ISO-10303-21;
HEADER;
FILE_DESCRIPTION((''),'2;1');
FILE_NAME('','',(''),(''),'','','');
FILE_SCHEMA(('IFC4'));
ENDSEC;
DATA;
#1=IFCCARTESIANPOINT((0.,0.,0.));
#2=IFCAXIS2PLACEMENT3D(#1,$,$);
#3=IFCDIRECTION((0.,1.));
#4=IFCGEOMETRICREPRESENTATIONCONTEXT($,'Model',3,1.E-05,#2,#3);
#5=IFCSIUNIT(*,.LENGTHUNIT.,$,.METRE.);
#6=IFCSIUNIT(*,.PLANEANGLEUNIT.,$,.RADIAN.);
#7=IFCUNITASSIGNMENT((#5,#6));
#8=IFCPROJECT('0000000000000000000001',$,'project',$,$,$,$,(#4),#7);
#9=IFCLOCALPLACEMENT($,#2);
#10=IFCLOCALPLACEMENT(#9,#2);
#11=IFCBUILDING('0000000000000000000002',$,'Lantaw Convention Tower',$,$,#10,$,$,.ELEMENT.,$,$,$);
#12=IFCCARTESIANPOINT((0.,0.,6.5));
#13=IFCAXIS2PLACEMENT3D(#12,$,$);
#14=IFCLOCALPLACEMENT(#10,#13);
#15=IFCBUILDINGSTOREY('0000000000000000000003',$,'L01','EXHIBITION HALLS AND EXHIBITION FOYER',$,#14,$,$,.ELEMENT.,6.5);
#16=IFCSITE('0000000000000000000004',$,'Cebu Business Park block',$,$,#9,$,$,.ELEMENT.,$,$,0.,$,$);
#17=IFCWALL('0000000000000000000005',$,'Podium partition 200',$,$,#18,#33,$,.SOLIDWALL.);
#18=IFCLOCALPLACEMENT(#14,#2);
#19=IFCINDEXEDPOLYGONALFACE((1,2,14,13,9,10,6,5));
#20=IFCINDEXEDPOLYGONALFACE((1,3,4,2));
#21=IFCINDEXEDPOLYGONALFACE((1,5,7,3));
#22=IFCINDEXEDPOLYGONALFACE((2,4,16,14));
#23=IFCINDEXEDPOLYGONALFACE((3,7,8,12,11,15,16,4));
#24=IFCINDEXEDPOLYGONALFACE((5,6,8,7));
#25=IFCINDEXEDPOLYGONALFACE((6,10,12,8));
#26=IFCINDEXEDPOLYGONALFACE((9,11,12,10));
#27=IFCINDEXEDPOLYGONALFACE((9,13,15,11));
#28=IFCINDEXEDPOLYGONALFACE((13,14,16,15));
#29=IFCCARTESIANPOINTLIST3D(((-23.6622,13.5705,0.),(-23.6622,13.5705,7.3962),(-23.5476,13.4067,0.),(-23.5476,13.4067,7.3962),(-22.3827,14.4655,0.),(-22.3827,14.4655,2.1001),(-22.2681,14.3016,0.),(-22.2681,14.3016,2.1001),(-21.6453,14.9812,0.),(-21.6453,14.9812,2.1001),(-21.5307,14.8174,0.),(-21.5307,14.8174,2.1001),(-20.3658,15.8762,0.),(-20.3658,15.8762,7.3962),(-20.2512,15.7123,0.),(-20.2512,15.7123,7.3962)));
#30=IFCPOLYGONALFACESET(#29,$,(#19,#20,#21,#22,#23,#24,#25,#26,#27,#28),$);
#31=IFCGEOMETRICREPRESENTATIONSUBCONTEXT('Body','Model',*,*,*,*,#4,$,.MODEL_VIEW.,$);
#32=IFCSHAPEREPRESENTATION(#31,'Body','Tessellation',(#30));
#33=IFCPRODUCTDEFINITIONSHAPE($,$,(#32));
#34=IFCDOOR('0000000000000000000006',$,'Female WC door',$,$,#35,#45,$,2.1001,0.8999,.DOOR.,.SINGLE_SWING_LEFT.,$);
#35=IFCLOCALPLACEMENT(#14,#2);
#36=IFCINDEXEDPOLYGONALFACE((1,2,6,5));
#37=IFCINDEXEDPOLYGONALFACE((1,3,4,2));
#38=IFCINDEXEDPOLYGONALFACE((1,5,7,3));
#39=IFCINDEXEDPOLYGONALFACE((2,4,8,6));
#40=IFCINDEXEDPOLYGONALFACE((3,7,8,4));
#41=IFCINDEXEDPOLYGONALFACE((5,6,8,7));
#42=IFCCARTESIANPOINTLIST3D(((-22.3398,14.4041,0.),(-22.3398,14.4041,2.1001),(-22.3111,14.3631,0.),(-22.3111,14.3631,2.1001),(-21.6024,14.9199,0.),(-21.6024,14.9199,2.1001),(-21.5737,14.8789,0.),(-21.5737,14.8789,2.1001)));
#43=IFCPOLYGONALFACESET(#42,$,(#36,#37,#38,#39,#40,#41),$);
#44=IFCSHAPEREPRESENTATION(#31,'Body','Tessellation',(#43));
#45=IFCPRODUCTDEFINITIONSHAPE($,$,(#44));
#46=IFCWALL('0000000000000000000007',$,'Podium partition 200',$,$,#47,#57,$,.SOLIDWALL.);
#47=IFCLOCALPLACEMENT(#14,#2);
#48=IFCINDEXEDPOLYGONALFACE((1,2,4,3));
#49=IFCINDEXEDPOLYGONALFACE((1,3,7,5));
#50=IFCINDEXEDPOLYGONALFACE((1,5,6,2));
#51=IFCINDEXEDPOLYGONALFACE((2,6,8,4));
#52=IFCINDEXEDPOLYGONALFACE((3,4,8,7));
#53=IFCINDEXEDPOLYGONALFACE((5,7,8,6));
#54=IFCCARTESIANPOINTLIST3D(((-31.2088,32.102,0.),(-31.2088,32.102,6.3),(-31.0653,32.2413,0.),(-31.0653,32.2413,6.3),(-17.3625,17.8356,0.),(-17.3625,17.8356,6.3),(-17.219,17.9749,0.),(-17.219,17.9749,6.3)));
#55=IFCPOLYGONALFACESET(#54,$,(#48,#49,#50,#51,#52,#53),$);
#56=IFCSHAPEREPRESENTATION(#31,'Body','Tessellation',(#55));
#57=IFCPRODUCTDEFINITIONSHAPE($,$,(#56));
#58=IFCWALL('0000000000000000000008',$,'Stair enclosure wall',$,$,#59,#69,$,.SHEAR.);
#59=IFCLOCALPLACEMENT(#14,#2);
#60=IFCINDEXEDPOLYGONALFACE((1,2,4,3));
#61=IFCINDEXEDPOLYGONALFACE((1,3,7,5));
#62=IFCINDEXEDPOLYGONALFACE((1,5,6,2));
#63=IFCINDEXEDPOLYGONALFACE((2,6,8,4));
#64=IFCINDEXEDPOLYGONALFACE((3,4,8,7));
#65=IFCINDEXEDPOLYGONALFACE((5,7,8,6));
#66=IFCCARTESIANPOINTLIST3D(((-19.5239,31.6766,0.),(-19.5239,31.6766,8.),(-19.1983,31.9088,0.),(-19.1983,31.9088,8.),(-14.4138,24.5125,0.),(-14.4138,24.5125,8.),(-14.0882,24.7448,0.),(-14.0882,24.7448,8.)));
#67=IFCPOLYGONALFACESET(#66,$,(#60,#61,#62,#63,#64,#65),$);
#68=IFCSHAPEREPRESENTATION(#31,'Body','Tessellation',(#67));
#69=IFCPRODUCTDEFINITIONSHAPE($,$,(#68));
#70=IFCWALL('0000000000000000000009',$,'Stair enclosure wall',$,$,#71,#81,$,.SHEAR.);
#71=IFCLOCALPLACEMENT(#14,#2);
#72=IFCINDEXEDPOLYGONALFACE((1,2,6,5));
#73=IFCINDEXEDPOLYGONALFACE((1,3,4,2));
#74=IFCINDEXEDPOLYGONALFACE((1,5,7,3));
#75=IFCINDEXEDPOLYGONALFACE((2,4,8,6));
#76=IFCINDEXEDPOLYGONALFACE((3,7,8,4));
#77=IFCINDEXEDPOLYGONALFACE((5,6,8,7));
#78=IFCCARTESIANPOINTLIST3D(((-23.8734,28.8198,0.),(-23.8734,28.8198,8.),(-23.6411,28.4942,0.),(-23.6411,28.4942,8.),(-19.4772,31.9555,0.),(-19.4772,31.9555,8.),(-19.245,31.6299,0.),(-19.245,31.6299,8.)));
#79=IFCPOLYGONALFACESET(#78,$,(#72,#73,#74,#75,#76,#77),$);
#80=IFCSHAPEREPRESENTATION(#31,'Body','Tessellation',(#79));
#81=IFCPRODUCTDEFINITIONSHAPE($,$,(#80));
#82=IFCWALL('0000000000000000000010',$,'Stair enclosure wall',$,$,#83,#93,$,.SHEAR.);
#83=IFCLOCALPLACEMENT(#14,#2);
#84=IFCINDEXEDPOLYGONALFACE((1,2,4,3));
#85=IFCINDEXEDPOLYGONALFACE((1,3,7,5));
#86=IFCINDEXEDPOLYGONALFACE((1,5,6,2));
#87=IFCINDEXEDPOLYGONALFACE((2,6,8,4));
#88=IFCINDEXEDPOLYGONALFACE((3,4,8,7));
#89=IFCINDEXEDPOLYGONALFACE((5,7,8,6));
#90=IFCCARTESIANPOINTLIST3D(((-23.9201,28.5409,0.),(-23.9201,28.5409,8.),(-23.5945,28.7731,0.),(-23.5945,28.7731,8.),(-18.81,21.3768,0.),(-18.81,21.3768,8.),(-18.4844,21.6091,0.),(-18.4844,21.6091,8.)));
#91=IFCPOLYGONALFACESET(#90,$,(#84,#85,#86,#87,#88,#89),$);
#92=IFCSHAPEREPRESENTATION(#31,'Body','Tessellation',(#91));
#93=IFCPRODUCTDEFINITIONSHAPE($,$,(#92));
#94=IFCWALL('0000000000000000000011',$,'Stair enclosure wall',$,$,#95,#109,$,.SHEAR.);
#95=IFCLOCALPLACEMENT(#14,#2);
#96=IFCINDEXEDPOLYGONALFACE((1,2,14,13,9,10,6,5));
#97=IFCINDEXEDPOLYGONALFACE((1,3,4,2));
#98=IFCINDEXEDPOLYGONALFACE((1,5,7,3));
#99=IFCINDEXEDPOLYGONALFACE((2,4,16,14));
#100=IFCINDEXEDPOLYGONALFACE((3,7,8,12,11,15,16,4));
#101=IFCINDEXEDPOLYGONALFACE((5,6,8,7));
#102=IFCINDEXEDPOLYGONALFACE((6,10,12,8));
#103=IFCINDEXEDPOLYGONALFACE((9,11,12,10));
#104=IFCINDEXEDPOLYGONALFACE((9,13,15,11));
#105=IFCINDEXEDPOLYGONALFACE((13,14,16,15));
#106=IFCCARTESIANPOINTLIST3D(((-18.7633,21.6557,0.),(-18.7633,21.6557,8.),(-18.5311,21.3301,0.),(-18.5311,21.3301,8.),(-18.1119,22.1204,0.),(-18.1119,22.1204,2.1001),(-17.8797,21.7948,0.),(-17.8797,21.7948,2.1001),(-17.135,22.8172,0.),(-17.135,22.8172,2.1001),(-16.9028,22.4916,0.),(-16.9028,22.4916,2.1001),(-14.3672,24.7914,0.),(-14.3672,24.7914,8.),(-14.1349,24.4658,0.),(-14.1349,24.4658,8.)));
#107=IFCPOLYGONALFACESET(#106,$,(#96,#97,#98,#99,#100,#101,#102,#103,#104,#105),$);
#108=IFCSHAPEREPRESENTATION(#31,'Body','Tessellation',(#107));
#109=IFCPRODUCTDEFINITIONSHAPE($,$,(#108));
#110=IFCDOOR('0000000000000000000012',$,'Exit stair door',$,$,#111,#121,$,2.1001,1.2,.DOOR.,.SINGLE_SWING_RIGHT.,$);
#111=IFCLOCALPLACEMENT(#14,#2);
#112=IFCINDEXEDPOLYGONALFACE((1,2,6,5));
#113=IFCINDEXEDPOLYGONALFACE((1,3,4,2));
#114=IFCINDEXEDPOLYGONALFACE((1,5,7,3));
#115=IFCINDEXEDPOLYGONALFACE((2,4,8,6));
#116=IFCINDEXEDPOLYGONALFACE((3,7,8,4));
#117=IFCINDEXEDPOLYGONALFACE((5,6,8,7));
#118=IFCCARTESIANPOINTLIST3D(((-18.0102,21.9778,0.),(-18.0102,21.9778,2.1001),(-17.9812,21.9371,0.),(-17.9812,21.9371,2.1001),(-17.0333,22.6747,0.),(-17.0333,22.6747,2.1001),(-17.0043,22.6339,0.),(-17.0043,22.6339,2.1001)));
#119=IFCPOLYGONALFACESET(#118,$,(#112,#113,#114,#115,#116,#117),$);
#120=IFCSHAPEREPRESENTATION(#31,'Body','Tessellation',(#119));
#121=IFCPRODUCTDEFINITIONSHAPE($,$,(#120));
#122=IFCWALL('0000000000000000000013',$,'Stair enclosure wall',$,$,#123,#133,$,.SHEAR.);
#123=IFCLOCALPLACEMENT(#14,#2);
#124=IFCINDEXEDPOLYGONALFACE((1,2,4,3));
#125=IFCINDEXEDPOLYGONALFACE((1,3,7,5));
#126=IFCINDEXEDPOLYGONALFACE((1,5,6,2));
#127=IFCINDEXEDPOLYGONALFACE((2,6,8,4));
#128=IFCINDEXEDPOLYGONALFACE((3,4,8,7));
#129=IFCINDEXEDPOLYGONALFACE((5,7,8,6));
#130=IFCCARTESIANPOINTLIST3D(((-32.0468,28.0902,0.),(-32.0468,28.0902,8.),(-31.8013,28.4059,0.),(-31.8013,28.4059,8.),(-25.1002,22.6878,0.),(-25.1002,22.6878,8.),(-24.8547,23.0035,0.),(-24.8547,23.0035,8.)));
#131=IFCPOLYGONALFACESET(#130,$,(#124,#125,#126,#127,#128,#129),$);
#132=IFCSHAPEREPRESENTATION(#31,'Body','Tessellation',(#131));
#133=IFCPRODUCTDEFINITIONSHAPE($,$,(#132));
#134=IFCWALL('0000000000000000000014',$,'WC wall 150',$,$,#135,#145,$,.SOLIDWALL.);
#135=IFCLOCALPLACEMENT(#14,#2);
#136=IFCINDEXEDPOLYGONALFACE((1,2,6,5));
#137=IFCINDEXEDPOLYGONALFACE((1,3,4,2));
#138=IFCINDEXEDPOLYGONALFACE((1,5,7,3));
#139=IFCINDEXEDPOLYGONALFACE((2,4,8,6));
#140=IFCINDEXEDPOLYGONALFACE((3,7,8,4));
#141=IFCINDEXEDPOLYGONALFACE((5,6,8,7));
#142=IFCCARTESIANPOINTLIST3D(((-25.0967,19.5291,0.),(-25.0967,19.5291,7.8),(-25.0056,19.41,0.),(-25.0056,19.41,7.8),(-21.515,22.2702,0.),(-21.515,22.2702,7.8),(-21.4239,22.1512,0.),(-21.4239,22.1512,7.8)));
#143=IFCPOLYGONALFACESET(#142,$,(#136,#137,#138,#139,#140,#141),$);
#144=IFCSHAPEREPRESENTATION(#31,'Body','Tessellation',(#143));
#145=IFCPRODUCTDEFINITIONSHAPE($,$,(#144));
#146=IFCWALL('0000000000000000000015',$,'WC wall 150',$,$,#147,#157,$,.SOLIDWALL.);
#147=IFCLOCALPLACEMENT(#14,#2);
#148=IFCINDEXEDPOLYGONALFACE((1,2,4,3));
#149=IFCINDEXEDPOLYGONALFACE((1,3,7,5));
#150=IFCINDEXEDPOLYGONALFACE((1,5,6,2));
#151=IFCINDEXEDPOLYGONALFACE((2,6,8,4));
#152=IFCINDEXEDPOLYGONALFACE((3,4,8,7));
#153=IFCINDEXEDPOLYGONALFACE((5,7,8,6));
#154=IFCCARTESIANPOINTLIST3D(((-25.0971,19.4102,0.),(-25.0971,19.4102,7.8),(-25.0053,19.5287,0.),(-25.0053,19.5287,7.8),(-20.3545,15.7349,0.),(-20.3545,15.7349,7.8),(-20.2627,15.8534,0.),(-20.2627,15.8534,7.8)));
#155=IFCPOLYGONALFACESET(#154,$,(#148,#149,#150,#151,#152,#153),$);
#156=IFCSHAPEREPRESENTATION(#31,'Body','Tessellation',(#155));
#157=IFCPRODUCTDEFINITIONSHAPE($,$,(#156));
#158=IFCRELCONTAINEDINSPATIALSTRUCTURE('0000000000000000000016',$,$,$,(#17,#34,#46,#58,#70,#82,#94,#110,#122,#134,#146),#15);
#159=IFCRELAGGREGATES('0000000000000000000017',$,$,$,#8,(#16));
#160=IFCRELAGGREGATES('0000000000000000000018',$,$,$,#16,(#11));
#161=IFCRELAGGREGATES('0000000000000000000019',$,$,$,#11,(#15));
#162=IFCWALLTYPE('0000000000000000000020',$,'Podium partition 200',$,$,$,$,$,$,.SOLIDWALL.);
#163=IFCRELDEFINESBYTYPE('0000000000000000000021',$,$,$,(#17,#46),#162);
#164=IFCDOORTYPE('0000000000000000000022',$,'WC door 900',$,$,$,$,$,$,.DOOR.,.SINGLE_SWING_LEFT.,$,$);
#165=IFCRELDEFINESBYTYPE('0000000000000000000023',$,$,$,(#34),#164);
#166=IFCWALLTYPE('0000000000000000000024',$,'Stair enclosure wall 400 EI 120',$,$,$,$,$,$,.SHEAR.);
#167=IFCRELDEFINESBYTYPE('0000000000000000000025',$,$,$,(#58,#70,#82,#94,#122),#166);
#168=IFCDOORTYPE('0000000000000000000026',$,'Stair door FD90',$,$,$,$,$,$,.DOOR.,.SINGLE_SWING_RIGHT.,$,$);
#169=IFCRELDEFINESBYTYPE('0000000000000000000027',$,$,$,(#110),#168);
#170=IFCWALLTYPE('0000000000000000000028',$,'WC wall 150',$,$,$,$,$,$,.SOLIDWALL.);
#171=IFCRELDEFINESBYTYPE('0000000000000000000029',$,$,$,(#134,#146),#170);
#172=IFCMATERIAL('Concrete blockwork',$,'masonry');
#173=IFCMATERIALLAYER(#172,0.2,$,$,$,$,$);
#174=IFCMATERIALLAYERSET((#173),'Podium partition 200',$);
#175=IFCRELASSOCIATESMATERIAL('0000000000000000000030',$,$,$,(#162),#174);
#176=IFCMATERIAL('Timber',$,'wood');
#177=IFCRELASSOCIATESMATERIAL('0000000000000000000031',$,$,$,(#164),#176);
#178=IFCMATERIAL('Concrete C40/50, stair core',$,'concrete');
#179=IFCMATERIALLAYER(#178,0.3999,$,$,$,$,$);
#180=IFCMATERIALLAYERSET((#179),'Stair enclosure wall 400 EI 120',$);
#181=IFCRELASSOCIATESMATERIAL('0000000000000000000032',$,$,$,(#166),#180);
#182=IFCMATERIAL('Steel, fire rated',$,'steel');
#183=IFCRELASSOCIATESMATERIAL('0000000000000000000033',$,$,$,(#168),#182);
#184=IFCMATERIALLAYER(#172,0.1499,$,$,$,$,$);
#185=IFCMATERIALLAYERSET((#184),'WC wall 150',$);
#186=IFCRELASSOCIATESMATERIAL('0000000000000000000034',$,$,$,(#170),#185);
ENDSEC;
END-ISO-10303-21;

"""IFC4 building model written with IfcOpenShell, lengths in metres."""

from ifc_helpers import new_model, si_unit, direction, frame, frame_2d, origin, place, context, subcontext, project, spatial, rectangle, extrude, material, layer, layer_set, type_object, element, fill, save


model = new_model("IFC4")

# Units and contexts
model_context = context("Model", 3, precision=1e-05, world=origin(), true_north=direction((0.0, 1.0)))
body_context = subcontext(model_context, "Body", "Model", "MODEL_VIEW")
ifc_project = project(units=[si_unit("LENGTHUNIT", "METRE"), si_unit("PLANEANGLEUNIT", "RADIAN")], contexts=[model_context])

# Site, building, storey
site_placement = place(None, origin())
site = spatial("IfcSite", under=ifc_project, at=site_placement, Name="Cebu Business Park block", CompositionType="ELEMENT", RefElevation=0.0)
building_placement = place(site_placement, origin())
building = spatial("IfcBuilding", under=site, at=building_placement, Name="Lantaw Convention Tower", CompositionType="ELEMENT")
storey_placement = place(building_placement, frame((0.0, 0.0, 6.5)))
storey = spatial("IfcBuildingStorey", under=building, at=storey_placement, Name="L01", Description="EXHIBITION HALLS AND EXHIBITION FOYER", CompositionType="ELEMENT", Elevation=6.5)

# Wall, opening, door
ifc_material_1 = material(Name="Concrete blockwork", Category="masonry")
ifc_layer_1 = layer(ifc_material_1, 0.2)
ifc_layer_set_1 = layer_set([ifc_layer_1], Name="Podium partition 200")
wall_type_1 = type_object("IfcWallType", Name="Podium partition 200", PredefinedType="SOLIDWALL", material=ifc_layer_set_1)
ifc_material_2 = material(Name="Timber", Category="wood")
door_type_1 = type_object("IfcDoorType", Name="WC door 900", OperationType="SINGLE_SWING_LEFT", PredefinedType="DOOR", material=ifc_material_2)
wall_1_placement = place(storey_placement, frame((-20.3086, 15.7942, 0.0), z_axis=(0.0, 0.0, 1.0), x_axis=(-0.819443, -0.573161, 0.0)))
wall_1 = element("IfcWall", 1, at=wall_1_placement, inside=storey, type_object=wall_type_1, Name="Podium partition 200", PredefinedType="SOLIDWALL", context=body_context, shape_type="SweptSolid", body=[
    extrude(rectangle(XDim=4.0227, YDim=0.2, at=frame_2d((2.0112, 0.0))), origin(), (0.0, 0.0, 1.0), 7.3962),
])
opening_1_placement = place(wall_1_placement, frame((1.5613, 0.0, 0.0)))
opening_1 = element("IfcOpeningElement", 2, at=opening_1_placement, cuts=wall_1, PredefinedType="OPENING", context=body_context, shape_type="SweptSolid", body=[
    extrude(rectangle(XDim=0.8999, YDim=2.1001, at=frame_2d((0.45, 1.05))), frame((0.0, 0.1099, 0.0), z_axis=(0.0, -1.0, 0.0), x_axis=(1.0, 0.0, 0.0)), (0.0, 0.0, 1.0), 0.22),
])
door_1_placement = place(opening_1_placement, origin())
door_1 = element("IfcDoor", 3, at=door_1_placement, inside=storey, type_object=door_type_1, Name="Female WC door", OperationType="SINGLE_SWING_LEFT", OverallHeight=2.1001, OverallWidth=0.8999, PredefinedType="DOOR", context=body_context, shape_type="SweptSolid", body=[
    extrude(rectangle(XDim=0.8999, YDim=2.1001, at=frame_2d((0.45, 1.05))), frame((0.0, 0.0249, 0.0), z_axis=(0.0, -1.0, 0.0), x_axis=(1.0, 0.0, 0.0)), (0.0, 0.0, 1.0), 0.05),
])
fill(opening_1, door_1)

# Walls
wall_2_placement = place(storey_placement, frame((-17.2908, 17.9053, 0.0), z_axis=(0.0, 0.0, 1.0), x_axis=(-0.696461, 0.717595, 0.0)))
element("IfcWall", 4, at=wall_2_placement, inside=storey, type_object=wall_type_1, Name="Podium partition 200", PredefinedType="SOLIDWALL", context=body_context, shape_type="SweptSolid", body=[
    extrude(rectangle(XDim=19.8809, YDim=0.2, at=frame_2d((9.9404, 0.0))), origin(), (0.0, 0.0, 1.0), 6.3),
])
ifc_material_3 = material(Name="Concrete C40/50, stair core", Category="concrete")
ifc_layer_2 = layer(ifc_material_3, 0.3999)
ifc_layer_set_2 = layer_set([ifc_layer_2], Name="Stair enclosure wall 400 EI 120")
wall_type_2 = type_object("IfcWallType", Name="Stair enclosure wall 400 EI 120", PredefinedType="SHEAR", material=ifc_layer_set_2)
wall_3_placement = place(storey_placement, frame((-14.251, 24.6287, 0.0), z_axis=(0.0, 0.0, 1.0), x_axis=(-0.580705, 0.814114, 0.0)))
element("IfcWall", 5, at=wall_3_placement, inside=storey, type_object=wall_type_2, Name="Stair enclosure wall", PredefinedType="SHEAR", context=body_context, shape_type="SweptSolid", body=[
    extrude(rectangle(XDim=8.7998, YDim=0.3999, at=frame_2d((4.3999, 0.0))), origin(), (0.0, 0.0, 1.0), 8.0),
])
wall_4_placement = place(storey_placement, frame((-19.3611, 31.7927, 0.0), z_axis=(0.0, 0.0, 1.0), x_axis=(-0.814121, -0.580695, 0.0)))
element("IfcWall", 6, at=wall_4_placement, inside=storey, type_object=wall_type_2, Name="Stair enclosure wall", PredefinedType="SHEAR", context=body_context, shape_type="SweptSolid", body=[
    extrude(rectangle(XDim=5.3999, YDim=0.3999, at=frame_2d((2.7, 0.0))), origin(), (0.0, 0.0, 1.0), 8.0),
])
wall_5_placement = place(storey_placement, frame((-23.7573, 28.657, 0.0), z_axis=(0.0, 0.0, 1.0), x_axis=(0.580705, -0.814114, 0.0)))
element("IfcWall", 7, at=wall_5_placement, inside=storey, type_object=wall_type_2, Name="Stair enclosure wall", PredefinedType="SHEAR", context=body_context, shape_type="SweptSolid", body=[
    extrude(rectangle(XDim=8.7998, YDim=0.3999, at=frame_2d((4.3999, 0.0))), origin(), (0.0, 0.0, 1.0), 8.0),
])

# Wall, opening, door
wall_6_placement = place(storey_placement, frame((-18.6472, 21.4929, 0.0), z_axis=(0.0, 0.0, 1.0), x_axis=(0.814121, 0.580695, 0.0)))
wall_6 = element("IfcWall", 8, at=wall_6_placement, inside=storey, type_object=wall_type_2, Name="Stair enclosure wall", PredefinedType="SHEAR", context=body_context, shape_type="SweptSolid", body=[
    extrude(rectangle(XDim=5.3999, YDim=0.3999, at=frame_2d((2.7, 0.0))), origin(), (0.0, 0.0, 1.0), 8.0),
])
opening_2_placement = place(wall_6_placement, frame((0.8, 0.0, 0.0)))
opening_2 = element("IfcOpeningElement", 9, at=opening_2_placement, cuts=wall_6, PredefinedType="OPENING", context=body_context, shape_type="SweptSolid", body=[
    extrude(rectangle(XDim=1.2, YDim=2.1001, at=frame_2d((0.6001, 1.05))), frame((0.0, 0.21, 0.0), z_axis=(0.0, -1.0, 0.0), x_axis=(1.0, 0.0, 0.0)), (0.0, 0.0, 1.0), 0.4199),
])
ifc_material_4 = material(Name="Steel, fire rated", Category="steel")
door_type_2 = type_object("IfcDoorType", Name="Stair door FD90", OperationType="SINGLE_SWING_RIGHT", PredefinedType="DOOR", material=ifc_material_4)
door_2_placement = place(opening_2_placement, origin())
door_2 = element("IfcDoor", 10, at=door_2_placement, inside=storey, type_object=door_type_2, Name="Exit stair door", OperationType="SINGLE_SWING_RIGHT", OverallHeight=2.1001, OverallWidth=1.2, PredefinedType="DOOR", context=body_context, shape_type="SweptSolid", body=[
    extrude(rectangle(XDim=1.2, YDim=2.1001, at=frame_2d((0.6001, 1.05))), frame((0.0, 0.0249, 0.0), z_axis=(0.0, -1.0, 0.0), x_axis=(1.0, 0.0, 0.0)), (0.0, 0.0, 1.0), 0.05),
])
fill(opening_2, door_2)

# Walls
wall_7_placement = place(storey_placement, frame((-24.9775, 22.8457, 0.0), z_axis=(0.0, 0.0, 1.0), x_axis=(-0.789381, 0.613904, 0.0)))
element("IfcWall", 11, at=wall_7_placement, inside=storey, type_object=wall_type_2, Name="Stair enclosure wall", PredefinedType="SHEAR", context=body_context, shape_type="SweptSolid", body=[
    extrude(rectangle(XDim=8.8, YDim=0.3999, at=frame_2d((4.3999, 0.0))), origin(), (0.0, 0.0, 1.0), 8.0),
])
ifc_layer_3 = layer(ifc_material_1, 0.1499)
ifc_layer_set_3 = layer_set([ifc_layer_3], Name="WC wall 150")
wall_type_3 = type_object("IfcWallType", Name="WC wall 150", PredefinedType="SOLIDWALL", material=ifc_layer_set_3)
wall_8_placement = place(storey_placement, frame((-21.4695, 22.2107, 0.0), z_axis=(0.0, 0.0, 1.0), x_axis=(-0.794123, -0.607757, 0.0)))
element("IfcWall", 12, at=wall_8_placement, inside=storey, type_object=wall_type_3, Name="WC wall 150", PredefinedType="SOLIDWALL", context=body_context, shape_type="SweptSolid", body=[
    extrude(rectangle(XDim=4.5103, YDim=0.1499, at=frame_2d((2.2551, 0.0))), origin(), (0.0, 0.0, 1.0), 7.8),
])
wall_9_placement = place(storey_placement, frame((-20.3086, 15.7942, 0.0), z_axis=(0.0, 0.0, 1.0), x_axis=(-0.790438, 0.612542, 0.0)))
element("IfcWall", 13, at=wall_9_placement, inside=storey, type_object=wall_type_3, Name="WC wall 150", PredefinedType="SOLIDWALL", context=body_context, shape_type="SweptSolid", body=[
    extrude(rectangle(XDim=6.0, YDim=0.1499, at=frame_2d((3.0, 0.0))), origin(), (0.0, 0.0, 1.0), 7.8),
])

save(model, "model.ifc")
